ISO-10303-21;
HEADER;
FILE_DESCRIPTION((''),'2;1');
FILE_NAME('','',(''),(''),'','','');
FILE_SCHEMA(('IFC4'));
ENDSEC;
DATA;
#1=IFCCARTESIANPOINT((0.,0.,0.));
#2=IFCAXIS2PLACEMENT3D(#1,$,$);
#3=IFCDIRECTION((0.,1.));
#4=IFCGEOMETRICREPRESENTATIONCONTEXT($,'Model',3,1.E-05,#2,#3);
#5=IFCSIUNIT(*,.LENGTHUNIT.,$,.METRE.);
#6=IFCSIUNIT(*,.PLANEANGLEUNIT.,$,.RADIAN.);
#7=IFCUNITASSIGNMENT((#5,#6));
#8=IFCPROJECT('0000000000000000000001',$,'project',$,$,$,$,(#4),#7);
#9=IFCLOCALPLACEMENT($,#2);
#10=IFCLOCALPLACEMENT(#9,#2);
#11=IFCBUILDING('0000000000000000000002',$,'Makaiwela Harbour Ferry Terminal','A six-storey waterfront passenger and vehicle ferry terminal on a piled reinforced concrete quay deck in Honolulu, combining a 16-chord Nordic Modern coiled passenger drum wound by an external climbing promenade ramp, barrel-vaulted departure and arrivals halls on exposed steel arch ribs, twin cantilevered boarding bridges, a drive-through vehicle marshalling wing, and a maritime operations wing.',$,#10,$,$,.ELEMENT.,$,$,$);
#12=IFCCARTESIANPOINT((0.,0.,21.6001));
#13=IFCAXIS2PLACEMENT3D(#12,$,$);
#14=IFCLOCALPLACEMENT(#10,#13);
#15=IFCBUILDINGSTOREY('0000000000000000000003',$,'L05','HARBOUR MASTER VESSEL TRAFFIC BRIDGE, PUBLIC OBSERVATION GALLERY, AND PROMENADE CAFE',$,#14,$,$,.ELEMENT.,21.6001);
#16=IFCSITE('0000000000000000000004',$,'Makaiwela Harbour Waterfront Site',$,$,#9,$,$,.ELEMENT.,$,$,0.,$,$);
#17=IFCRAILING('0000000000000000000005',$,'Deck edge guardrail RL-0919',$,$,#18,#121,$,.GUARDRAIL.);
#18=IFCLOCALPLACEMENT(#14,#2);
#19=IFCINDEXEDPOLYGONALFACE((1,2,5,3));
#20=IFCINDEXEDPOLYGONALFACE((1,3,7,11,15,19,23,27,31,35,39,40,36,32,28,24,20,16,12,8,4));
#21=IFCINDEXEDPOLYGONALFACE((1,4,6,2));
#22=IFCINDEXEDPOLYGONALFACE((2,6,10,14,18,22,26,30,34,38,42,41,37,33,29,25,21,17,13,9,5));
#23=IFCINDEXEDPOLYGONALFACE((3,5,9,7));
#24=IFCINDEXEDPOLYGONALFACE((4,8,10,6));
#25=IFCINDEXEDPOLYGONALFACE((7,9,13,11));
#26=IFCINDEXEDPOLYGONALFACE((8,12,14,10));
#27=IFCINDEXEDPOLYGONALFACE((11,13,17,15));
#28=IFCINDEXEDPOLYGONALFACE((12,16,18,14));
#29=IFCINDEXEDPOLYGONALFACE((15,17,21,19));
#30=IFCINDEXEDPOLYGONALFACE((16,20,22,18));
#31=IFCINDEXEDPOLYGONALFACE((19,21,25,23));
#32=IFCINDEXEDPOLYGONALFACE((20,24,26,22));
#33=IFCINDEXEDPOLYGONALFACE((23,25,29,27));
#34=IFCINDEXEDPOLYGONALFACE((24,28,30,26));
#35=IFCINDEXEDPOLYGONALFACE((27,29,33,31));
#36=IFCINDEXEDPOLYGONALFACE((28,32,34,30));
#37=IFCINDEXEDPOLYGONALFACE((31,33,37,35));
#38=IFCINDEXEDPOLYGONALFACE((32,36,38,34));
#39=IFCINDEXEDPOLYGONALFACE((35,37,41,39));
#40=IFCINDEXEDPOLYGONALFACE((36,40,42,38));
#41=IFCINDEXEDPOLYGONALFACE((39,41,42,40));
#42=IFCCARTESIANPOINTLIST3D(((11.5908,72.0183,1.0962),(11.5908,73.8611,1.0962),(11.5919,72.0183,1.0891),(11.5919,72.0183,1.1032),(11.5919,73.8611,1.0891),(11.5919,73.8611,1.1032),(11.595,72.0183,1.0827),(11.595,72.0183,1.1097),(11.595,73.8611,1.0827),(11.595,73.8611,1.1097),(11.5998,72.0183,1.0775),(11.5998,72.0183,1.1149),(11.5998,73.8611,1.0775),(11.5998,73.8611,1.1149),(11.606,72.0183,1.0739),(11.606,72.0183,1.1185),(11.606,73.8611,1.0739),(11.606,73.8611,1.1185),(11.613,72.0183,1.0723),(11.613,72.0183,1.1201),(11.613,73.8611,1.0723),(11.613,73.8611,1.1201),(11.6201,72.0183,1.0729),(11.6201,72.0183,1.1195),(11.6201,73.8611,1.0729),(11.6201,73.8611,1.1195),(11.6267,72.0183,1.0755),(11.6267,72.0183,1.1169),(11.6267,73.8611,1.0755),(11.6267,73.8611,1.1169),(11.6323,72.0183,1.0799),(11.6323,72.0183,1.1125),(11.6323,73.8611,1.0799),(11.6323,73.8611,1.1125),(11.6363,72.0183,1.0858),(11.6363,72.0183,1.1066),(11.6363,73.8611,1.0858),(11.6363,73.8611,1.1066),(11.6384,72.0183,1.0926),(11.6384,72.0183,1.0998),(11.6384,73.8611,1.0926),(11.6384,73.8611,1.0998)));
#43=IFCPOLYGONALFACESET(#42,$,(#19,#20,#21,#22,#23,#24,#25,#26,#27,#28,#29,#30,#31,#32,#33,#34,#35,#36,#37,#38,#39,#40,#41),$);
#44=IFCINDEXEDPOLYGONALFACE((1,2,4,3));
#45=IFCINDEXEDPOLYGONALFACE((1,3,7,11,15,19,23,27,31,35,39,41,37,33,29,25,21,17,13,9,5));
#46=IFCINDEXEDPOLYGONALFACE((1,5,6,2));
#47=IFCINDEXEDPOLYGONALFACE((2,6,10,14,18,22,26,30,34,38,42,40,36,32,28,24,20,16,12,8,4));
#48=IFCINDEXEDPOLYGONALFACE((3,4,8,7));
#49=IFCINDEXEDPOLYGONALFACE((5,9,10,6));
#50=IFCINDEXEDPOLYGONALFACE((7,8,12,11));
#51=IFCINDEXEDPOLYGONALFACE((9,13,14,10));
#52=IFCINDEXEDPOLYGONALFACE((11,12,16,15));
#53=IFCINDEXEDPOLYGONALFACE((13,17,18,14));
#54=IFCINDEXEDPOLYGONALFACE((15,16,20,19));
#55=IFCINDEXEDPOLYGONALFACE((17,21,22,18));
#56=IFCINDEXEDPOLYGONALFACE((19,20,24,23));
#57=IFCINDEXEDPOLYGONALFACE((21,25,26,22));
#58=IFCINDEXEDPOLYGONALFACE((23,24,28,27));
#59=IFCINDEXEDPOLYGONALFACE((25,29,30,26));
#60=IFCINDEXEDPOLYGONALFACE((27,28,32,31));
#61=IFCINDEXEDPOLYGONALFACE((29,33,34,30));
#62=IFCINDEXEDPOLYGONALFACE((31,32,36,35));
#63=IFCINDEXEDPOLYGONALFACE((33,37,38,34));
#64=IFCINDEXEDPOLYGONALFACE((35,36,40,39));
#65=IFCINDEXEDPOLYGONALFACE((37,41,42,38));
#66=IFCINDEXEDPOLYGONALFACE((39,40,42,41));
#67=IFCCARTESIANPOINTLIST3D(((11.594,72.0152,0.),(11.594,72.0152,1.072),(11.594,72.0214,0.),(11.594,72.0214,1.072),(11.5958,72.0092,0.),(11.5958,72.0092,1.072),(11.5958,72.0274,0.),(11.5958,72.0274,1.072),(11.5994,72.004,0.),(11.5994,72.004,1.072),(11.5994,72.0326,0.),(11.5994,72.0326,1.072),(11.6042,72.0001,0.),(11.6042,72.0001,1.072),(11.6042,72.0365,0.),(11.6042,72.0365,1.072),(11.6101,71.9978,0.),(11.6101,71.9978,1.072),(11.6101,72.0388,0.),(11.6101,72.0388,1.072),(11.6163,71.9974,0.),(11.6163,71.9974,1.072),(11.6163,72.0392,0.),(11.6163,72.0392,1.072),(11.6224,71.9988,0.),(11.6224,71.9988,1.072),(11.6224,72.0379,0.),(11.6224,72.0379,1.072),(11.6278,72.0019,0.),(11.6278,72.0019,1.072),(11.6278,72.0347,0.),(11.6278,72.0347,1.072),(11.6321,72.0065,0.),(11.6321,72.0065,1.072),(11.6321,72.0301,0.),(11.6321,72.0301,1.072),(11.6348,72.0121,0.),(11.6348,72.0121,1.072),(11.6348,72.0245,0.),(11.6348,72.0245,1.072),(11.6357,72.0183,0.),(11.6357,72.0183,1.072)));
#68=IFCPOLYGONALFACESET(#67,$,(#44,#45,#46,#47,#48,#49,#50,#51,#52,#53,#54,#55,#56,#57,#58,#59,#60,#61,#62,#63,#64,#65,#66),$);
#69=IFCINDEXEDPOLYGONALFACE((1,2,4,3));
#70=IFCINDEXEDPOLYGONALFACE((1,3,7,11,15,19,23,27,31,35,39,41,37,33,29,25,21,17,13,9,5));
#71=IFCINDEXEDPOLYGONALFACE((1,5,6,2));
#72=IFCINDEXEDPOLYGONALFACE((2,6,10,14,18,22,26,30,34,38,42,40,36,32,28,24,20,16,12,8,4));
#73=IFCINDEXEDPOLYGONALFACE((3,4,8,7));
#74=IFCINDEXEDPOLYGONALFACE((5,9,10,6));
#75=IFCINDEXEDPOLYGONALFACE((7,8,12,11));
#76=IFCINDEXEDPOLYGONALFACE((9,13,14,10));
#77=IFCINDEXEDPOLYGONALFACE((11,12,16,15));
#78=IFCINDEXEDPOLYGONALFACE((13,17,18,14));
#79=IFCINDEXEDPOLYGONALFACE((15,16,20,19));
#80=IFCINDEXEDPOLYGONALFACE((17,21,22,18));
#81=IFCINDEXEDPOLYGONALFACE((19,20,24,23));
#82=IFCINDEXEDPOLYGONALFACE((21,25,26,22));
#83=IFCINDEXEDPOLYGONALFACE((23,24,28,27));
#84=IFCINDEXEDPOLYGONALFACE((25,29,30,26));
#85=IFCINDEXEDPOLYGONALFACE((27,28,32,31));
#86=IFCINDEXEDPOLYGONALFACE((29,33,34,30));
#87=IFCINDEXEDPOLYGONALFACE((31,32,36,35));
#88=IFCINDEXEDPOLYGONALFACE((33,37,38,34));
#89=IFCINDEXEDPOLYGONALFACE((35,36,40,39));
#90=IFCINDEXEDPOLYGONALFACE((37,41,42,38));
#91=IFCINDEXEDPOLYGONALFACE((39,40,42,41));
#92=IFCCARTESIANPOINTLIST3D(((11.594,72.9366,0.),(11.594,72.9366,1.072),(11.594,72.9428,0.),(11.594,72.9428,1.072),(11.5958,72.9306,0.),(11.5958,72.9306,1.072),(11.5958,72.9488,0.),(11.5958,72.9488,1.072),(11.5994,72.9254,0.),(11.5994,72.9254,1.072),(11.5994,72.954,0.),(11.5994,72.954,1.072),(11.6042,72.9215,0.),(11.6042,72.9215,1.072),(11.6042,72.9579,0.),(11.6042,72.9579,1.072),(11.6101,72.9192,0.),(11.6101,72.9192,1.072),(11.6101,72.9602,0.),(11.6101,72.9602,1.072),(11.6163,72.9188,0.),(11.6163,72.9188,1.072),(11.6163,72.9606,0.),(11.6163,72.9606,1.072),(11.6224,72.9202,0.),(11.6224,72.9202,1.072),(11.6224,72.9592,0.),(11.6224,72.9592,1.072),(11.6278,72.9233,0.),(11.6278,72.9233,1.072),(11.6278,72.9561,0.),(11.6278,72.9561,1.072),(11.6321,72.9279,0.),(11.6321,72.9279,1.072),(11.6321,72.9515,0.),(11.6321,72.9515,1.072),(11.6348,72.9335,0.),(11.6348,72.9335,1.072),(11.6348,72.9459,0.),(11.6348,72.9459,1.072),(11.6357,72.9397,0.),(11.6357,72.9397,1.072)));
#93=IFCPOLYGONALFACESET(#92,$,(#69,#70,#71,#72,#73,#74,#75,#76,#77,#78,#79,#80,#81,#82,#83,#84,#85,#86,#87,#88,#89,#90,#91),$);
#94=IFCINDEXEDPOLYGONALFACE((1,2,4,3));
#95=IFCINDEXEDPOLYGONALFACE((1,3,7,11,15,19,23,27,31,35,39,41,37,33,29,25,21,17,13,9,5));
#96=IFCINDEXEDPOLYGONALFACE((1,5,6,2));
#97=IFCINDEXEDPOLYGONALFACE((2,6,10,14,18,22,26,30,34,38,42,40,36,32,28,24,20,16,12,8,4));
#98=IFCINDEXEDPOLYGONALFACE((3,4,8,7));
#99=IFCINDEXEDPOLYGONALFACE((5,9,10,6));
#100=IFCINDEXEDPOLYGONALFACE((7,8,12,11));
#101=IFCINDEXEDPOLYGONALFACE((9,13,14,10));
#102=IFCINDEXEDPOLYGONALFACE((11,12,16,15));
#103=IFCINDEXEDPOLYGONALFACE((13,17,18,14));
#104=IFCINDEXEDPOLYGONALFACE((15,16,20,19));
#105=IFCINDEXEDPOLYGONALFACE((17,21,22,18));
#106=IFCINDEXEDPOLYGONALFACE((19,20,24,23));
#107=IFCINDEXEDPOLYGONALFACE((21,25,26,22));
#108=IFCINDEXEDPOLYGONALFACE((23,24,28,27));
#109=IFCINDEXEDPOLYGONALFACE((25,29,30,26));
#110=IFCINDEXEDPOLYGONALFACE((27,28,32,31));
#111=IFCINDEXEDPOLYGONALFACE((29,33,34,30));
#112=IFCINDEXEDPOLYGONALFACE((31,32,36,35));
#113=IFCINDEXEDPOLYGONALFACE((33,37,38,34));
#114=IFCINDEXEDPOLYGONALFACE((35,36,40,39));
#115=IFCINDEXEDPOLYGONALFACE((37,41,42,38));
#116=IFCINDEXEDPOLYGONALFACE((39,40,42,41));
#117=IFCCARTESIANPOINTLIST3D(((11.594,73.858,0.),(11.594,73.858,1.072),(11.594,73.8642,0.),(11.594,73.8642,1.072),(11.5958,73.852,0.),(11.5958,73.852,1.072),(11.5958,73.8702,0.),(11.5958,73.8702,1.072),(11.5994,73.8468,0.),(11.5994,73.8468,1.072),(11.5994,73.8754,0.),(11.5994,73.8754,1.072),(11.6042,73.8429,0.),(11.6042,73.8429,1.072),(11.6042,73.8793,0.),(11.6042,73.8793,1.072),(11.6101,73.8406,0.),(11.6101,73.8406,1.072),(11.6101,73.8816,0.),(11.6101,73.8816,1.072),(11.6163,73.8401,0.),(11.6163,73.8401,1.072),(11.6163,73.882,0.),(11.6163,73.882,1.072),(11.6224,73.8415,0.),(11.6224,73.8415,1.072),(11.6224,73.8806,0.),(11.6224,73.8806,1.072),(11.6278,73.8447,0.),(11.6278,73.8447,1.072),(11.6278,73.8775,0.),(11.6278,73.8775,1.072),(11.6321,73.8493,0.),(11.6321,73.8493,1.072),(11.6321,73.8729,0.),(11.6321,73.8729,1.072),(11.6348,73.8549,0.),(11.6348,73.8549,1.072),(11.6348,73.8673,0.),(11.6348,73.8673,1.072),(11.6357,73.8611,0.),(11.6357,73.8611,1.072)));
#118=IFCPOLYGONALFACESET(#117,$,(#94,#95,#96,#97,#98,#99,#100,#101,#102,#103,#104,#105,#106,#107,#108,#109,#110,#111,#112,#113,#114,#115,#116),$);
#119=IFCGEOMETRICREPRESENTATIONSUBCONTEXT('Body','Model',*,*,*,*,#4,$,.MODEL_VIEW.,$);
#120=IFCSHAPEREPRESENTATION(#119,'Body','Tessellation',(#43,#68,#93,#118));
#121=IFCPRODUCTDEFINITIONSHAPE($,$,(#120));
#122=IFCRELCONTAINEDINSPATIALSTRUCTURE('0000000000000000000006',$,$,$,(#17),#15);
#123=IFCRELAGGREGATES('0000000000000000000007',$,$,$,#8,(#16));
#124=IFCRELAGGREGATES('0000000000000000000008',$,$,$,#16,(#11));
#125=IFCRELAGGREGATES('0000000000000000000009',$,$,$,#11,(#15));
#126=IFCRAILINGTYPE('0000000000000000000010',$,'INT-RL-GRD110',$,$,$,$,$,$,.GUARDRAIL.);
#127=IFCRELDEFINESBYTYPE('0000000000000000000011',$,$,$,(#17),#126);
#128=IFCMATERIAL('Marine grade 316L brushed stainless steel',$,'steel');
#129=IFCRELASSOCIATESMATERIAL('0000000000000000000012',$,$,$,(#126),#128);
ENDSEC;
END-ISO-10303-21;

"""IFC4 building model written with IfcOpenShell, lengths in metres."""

from ifc_helpers import new_model, si_unit, direction, frame, origin, origin_2d, place, context, subcontext, project, spatial, circle, extrude, material, type_object, element, save


model = new_model("IFC4")

# Units and contexts
model_context = context("Model", 3, precision=1e-05, world=origin(), true_north=direction((0.0, 1.0)))
body_context = subcontext(model_context, "Body", "Model", "MODEL_VIEW")
ifc_project = project(units=[si_unit("LENGTHUNIT", "METRE"), si_unit("PLANEANGLEUNIT", "RADIAN")], contexts=[model_context])

# Site, building, storey
site_placement = place(None, origin())
site = spatial("IfcSite", under=ifc_project, at=site_placement, Name="Makaiwela Harbour Waterfront Site", CompositionType="ELEMENT", RefElevation=0.0)
building_placement = place(site_placement, origin())
building = spatial("IfcBuilding", under=site, at=building_placement, Name="Makaiwela Harbour Ferry Terminal", Description="A six-storey waterfront passenger and vehicle ferry terminal on a piled reinforced concrete quay deck in Honolulu, combining a 16-chord Nordic Modern coiled passenger drum wound by an external climbing promenade ramp, barrel-vaulted departure and arrivals halls on exposed steel arch ribs, twin cantilevered boarding bridges, a drive-through vehicle marshalling wing, and a maritime operations wing.", CompositionType="ELEMENT")
storey_placement = place(building_placement, frame((0.0, 0.0, 21.6001)))
storey = spatial("IfcBuildingStorey", under=building, at=storey_placement, Name="L05", Description="HARBOUR MASTER VESSEL TRAFFIC BRIDGE, PUBLIC OBSERVATION GALLERY, AND PROMENADE CAFE", CompositionType="ELEMENT", Elevation=21.6001)

# Railing
ifc_material_1 = material(Name="Marine grade 316L brushed stainless steel", Category="steel")
railing_type = type_object("IfcRailingType", Name="INT-RL-GRD110", PredefinedType="GUARDRAIL", material=ifc_material_1)
railing_1_placement = place(storey_placement, frame((11.6147, 72.0183, 0.0)))
element("IfcRailing", 1, at=railing_1_placement, inside=storey, type_object=railing_type, Name="Deck edge guardrail RL-0919", PredefinedType="GUARDRAIL", context=body_context, shape_type="SweptSolid", body=[
    extrude(circle(Radius=0.0239, at=origin_2d()), frame((0.0, 0.0, 1.0962), z_axis=(0.0, 1.0, 0.0), x_axis=(-1.0, 0.0, 0.0)), (0.0, 0.0, 1.0), 1.8428),
    extrude(circle(Radius=0.021, at=origin_2d()), origin(), (0.0, 0.0, 1.0), 1.072),
    extrude(circle(Radius=0.021, at=origin_2d()), frame((0.0, 0.9214, 0.0)), (0.0, 0.0, 1.0), 1.072),
    extrude(circle(Radius=0.021, at=origin_2d()), frame((0.0, 1.8428, 0.0)), (0.0, 0.0, 1.0), 1.072),
])

save(model, "model.ifc")
